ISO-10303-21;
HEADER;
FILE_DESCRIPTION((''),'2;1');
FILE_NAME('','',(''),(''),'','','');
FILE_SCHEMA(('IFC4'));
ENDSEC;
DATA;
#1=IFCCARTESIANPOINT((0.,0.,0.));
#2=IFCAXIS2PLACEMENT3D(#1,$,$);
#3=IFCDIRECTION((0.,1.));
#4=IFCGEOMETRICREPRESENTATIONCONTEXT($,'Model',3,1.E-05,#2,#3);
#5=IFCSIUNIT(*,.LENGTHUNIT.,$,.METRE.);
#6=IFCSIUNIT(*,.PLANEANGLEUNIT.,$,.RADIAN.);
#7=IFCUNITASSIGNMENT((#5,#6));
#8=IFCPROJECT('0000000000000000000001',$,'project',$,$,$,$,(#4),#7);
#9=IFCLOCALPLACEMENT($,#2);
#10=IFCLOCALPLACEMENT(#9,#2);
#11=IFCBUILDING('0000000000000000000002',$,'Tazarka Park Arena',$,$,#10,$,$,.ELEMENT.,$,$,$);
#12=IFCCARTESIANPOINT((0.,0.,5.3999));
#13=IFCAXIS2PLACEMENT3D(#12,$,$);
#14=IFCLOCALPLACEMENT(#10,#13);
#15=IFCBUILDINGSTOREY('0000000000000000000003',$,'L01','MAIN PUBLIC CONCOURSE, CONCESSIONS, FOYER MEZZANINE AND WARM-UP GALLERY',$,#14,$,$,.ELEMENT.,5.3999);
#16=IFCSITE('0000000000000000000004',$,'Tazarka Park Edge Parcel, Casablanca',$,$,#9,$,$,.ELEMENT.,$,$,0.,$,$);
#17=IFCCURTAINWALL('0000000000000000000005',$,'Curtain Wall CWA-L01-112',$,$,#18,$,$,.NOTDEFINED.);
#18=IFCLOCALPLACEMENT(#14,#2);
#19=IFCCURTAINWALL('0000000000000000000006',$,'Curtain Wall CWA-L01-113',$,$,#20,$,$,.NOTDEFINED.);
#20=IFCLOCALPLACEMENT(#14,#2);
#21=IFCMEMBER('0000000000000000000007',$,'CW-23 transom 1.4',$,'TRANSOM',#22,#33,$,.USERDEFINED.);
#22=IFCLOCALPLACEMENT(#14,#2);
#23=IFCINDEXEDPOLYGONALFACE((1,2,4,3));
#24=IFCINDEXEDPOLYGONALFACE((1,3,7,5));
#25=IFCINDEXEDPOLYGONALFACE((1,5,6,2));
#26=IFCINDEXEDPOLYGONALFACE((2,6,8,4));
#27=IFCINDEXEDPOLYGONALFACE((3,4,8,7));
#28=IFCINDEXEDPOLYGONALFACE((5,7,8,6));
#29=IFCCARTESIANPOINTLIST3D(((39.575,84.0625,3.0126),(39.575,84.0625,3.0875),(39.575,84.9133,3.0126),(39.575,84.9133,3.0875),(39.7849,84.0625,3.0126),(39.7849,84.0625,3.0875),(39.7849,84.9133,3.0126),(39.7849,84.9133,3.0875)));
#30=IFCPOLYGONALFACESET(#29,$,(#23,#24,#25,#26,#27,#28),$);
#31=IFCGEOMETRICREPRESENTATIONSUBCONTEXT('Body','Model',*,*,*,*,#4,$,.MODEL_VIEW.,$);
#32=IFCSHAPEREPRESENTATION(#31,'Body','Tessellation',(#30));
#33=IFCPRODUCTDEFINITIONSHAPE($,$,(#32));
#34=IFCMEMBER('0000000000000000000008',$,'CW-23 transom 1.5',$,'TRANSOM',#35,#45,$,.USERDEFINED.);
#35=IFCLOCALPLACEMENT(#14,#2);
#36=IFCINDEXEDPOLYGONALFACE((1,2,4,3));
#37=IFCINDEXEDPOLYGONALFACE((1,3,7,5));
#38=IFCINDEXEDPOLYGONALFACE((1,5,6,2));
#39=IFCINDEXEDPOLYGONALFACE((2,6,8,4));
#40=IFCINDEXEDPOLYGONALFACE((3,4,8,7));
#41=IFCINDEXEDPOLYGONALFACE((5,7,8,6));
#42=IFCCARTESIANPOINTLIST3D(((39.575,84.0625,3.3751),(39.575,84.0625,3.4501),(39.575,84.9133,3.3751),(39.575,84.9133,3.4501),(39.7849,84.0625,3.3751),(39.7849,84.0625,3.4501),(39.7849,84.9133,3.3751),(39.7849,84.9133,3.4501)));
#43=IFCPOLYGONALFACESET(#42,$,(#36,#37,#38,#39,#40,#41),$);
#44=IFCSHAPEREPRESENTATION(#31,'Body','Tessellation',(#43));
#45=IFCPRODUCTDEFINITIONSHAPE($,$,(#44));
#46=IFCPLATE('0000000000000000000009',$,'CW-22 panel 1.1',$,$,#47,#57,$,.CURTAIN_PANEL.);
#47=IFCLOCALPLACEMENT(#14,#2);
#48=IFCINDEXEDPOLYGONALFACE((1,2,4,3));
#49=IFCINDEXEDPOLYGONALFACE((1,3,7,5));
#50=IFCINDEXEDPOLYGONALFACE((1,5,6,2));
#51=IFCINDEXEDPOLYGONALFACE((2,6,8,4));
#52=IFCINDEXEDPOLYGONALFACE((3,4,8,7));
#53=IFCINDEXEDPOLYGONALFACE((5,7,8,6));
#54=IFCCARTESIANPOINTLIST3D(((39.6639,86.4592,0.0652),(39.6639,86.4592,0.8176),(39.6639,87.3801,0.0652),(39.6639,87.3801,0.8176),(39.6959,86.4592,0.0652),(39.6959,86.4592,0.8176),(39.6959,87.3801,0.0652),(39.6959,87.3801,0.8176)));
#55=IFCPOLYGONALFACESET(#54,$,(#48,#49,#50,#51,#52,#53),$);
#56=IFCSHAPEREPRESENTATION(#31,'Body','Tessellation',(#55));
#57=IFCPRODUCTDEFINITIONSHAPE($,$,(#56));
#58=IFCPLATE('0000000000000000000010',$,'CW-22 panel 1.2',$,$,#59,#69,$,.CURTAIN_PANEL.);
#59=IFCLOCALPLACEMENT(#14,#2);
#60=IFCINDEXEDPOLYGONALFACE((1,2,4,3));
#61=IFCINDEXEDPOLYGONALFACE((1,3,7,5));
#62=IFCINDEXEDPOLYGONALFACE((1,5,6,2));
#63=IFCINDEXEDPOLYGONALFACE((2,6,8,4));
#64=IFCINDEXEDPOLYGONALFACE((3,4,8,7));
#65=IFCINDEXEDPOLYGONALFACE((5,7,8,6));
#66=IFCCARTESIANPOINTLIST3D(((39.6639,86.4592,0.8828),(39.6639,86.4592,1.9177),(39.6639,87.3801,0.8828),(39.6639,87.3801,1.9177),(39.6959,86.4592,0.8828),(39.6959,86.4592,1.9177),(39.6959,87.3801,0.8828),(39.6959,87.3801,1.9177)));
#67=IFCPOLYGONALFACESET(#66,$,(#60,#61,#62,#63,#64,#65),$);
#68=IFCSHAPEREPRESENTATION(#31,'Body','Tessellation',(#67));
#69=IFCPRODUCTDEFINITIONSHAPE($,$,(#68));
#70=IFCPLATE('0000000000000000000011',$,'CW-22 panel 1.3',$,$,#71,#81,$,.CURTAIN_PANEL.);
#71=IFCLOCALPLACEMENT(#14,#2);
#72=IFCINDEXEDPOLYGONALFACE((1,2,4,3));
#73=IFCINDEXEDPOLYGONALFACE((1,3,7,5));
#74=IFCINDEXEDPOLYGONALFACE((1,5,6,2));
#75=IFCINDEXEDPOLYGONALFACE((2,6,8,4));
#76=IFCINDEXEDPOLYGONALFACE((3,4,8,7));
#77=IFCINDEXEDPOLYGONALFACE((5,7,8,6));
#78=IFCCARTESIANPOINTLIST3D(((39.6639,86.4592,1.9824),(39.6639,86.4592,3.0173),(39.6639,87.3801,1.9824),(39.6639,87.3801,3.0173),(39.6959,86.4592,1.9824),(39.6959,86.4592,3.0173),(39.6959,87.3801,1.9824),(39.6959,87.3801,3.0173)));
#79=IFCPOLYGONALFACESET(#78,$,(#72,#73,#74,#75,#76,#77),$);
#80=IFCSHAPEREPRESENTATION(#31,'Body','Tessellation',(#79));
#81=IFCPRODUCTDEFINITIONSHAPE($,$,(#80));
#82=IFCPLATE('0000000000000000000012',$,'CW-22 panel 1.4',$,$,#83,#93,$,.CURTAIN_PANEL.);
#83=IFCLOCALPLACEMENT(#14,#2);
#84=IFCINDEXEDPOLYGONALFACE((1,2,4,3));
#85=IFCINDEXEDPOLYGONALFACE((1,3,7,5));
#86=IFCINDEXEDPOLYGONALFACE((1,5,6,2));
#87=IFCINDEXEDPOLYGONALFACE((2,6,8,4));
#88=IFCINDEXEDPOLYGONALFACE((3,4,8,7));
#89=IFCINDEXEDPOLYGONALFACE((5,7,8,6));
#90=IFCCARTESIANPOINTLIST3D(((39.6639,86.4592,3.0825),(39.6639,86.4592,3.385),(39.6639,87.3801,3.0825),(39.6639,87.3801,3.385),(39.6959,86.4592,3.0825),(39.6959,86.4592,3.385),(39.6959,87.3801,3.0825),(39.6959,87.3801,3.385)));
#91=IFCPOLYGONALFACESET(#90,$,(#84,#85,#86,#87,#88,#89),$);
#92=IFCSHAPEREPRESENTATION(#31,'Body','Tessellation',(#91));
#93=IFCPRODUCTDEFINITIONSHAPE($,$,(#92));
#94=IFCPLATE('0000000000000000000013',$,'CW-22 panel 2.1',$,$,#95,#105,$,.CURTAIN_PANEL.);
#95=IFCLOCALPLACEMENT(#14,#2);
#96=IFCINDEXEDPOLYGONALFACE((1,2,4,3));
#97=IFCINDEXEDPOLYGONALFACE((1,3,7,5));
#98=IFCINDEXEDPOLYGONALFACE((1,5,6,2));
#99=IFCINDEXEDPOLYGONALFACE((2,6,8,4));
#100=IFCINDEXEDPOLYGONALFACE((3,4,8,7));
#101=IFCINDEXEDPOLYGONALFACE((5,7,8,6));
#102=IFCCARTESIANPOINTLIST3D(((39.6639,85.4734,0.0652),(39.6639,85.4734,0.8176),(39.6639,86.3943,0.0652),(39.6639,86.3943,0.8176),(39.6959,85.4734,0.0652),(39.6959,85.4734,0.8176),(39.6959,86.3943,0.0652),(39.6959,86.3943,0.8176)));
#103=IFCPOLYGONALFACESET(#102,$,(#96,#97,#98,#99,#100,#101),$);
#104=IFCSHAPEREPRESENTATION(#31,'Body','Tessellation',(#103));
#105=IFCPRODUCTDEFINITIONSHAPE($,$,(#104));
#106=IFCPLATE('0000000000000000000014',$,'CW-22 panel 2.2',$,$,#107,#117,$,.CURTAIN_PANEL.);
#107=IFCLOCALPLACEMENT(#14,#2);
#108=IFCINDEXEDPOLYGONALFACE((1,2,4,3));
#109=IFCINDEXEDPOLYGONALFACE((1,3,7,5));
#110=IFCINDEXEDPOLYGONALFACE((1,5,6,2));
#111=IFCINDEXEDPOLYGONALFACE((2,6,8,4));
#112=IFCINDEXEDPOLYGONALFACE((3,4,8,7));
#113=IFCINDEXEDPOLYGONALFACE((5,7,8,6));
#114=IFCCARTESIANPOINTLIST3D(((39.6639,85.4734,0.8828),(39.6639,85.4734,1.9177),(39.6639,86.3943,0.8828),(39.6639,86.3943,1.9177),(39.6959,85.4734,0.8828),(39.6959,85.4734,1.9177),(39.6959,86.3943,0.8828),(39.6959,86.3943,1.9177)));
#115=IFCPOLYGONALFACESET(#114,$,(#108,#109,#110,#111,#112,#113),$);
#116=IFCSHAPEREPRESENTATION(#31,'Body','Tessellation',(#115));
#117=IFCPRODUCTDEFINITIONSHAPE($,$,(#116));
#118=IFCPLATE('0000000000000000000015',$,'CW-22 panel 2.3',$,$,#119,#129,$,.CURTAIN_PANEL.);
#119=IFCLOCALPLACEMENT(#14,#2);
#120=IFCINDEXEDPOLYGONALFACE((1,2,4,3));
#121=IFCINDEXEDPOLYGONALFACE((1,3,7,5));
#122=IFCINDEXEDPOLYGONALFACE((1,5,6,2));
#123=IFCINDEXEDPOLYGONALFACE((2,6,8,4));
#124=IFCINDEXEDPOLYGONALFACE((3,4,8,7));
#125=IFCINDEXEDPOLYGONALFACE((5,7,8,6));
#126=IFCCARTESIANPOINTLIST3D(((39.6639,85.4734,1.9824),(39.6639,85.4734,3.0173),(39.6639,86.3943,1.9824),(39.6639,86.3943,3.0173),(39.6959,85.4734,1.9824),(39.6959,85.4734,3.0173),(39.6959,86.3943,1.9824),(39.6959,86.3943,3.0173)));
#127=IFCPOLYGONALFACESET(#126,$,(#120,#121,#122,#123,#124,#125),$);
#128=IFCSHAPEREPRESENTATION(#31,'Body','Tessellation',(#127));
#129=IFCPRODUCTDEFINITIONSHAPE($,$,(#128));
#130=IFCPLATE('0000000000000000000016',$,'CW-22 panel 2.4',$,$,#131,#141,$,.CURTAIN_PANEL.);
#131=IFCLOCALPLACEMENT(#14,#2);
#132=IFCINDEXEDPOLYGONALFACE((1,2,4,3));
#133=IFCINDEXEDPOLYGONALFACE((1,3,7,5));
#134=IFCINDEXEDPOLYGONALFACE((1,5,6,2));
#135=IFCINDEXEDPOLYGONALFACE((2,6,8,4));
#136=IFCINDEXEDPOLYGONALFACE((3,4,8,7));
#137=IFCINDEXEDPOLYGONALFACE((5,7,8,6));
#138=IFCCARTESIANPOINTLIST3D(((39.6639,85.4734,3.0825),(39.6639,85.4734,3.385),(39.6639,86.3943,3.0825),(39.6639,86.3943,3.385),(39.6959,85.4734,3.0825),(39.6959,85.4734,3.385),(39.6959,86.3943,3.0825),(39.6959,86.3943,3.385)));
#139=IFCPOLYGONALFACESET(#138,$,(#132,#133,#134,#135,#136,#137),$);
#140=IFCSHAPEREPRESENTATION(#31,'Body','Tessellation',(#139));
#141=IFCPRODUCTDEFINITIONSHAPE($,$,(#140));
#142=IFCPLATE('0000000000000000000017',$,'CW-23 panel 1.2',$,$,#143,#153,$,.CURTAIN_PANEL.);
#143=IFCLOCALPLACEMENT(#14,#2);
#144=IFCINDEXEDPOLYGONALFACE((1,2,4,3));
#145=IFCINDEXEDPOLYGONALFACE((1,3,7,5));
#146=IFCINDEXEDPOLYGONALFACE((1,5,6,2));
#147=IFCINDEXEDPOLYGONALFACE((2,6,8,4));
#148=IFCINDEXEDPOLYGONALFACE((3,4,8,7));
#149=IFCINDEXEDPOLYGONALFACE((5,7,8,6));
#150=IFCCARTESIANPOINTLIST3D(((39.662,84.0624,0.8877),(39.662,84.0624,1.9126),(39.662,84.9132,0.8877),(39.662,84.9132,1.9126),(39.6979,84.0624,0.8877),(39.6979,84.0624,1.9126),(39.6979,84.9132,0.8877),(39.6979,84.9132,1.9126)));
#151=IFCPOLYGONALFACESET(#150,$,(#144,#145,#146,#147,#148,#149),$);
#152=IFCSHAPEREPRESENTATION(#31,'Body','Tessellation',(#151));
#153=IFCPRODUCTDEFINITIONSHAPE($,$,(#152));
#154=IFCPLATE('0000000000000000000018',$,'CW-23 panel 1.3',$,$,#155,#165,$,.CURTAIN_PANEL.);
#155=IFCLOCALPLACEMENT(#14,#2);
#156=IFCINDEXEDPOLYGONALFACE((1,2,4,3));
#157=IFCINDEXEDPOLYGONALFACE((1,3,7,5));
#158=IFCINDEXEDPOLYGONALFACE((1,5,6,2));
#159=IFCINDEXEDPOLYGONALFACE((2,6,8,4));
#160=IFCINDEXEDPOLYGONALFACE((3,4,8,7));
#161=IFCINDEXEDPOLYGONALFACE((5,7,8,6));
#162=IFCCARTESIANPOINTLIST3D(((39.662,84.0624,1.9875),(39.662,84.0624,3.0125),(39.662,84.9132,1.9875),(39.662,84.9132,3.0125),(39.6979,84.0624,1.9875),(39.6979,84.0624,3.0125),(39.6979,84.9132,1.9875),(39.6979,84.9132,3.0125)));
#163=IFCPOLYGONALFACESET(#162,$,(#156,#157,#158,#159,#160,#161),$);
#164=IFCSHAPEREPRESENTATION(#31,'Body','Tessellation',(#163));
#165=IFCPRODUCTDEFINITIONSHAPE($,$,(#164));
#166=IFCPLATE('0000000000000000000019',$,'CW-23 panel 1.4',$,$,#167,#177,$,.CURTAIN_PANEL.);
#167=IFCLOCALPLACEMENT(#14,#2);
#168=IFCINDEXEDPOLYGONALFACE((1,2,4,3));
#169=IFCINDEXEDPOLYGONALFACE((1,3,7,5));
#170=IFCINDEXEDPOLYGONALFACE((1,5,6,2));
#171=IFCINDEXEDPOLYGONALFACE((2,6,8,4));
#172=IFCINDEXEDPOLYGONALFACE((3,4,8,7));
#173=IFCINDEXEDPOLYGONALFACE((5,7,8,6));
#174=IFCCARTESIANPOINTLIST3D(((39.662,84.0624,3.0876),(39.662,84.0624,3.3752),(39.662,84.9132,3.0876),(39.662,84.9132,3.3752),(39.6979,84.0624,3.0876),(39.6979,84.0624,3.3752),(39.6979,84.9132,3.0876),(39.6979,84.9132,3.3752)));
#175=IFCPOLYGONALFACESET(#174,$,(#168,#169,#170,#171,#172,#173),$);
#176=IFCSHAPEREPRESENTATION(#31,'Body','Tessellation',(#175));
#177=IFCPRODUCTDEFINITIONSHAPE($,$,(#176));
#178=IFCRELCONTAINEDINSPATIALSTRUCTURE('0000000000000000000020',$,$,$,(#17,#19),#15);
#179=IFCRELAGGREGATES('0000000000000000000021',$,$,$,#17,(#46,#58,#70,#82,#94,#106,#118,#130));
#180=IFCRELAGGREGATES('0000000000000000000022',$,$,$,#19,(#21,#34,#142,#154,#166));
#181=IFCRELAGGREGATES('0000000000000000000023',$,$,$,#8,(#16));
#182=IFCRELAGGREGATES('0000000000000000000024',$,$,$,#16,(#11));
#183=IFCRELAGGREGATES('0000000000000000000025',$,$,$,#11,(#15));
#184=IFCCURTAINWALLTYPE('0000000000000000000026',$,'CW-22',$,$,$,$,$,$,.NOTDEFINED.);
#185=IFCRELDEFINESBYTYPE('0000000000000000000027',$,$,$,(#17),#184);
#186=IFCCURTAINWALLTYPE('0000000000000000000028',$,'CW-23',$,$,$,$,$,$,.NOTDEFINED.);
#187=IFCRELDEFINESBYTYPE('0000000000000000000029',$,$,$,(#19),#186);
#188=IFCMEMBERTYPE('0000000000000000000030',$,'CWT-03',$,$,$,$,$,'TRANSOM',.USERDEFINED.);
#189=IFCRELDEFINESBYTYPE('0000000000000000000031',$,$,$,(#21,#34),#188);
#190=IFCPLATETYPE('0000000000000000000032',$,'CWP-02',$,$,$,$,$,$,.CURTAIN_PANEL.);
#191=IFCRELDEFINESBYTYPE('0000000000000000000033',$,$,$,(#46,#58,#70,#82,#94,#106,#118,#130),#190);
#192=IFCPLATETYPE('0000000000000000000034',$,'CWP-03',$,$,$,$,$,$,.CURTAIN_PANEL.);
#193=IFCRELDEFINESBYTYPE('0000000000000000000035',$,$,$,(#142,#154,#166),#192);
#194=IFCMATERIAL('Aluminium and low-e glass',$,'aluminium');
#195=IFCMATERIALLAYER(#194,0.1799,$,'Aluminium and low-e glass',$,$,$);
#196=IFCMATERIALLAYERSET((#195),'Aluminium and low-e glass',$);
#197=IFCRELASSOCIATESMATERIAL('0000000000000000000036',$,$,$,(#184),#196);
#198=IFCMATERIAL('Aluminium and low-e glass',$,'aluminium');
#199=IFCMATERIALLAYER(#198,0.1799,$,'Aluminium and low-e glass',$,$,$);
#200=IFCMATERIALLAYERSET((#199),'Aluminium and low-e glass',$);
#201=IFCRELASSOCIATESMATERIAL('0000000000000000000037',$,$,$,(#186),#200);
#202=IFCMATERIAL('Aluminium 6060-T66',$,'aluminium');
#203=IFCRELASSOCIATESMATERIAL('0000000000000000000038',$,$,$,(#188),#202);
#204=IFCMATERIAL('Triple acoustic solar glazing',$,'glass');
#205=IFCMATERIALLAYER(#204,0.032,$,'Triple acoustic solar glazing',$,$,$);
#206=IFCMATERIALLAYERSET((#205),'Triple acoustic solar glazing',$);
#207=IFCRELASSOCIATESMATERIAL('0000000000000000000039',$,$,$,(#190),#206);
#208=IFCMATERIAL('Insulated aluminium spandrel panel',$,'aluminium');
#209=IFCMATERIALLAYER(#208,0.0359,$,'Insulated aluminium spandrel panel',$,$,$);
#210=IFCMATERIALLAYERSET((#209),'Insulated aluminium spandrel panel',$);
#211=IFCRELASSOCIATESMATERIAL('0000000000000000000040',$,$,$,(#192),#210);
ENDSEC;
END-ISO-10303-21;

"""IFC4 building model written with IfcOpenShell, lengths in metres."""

from ifc_helpers import new_model, si_unit, direction, frame, origin, origin_2d, place, context, subcontext, project, spatial, rectangle, extrude, material, layer, layer_set, material_profile, profile_set, type_object, element, aggregate, save


model = new_model("IFC4")

# Units and contexts
model_context = context("Model", 3, precision=1e-05, world=origin(), true_north=direction((0.0, 1.0)))
body_context = subcontext(model_context, "Body", "Model", "MODEL_VIEW")
ifc_project = project(units=[si_unit("LENGTHUNIT", "METRE"), si_unit("PLANEANGLEUNIT", "RADIAN")], contexts=[model_context])

# Site, building, storey
site_placement = place(None, origin())
site = spatial("IfcSite", under=ifc_project, at=site_placement, Name="Tazarka Park Edge Parcel, Casablanca", CompositionType="ELEMENT", RefElevation=0.0)
building_placement = place(site_placement, origin())
building = spatial("IfcBuilding", under=site, at=building_placement, Name="Tazarka Park Arena", CompositionType="ELEMENT")
storey_placement = place(building_placement, frame((0.0, 0.0, 5.3999)))
storey = spatial("IfcBuildingStorey", under=building, at=storey_placement, Name="L01", Description="MAIN PUBLIC CONCOURSE, CONCESSIONS, FOYER MEZZANINE AND WARM-UP GALLERY", CompositionType="ELEMENT", Elevation=5.3999)

# Curtain wall
ifc_material_1 = material(Name="Aluminium and low-e glass", Category="aluminium")
ifc_layer_1 = layer(ifc_material_1, 0.1799, Name="Aluminium and low-e glass")
ifc_layer_set_1 = layer_set([ifc_layer_1], Name="Aluminium and low-e glass")
curtain_wall_type_1 = type_object("IfcCurtainWallType", Name="CW-22", PredefinedType="NOTDEFINED", material=ifc_layer_set_1)
curtain_wall_1_placement = place(storey_placement, origin())
curtain_wall_1 = element("IfcCurtainWall", 1, at=curtain_wall_1_placement, inside=storey, type_object=curtain_wall_type_1, Name="Curtain Wall CWA-L01-112", PredefinedType="NOTDEFINED")

# Curtain wall
ifc_material_2 = material(Name="Aluminium and low-e glass", Category="aluminium")
ifc_layer_2 = layer(ifc_material_2, 0.1799, Name="Aluminium and low-e glass")
ifc_layer_set_2 = layer_set([ifc_layer_2], Name="Aluminium and low-e glass")
curtain_wall_type_2 = type_object("IfcCurtainWallType", Name="CW-23", PredefinedType="NOTDEFINED", material=ifc_layer_set_2)
curtain_wall_2_placement = place(storey_placement, origin())
curtain_wall_2 = element("IfcCurtainWall", 2, at=curtain_wall_2_placement, inside=storey, type_object=curtain_wall_type_2, Name="Curtain Wall CWA-L01-113", PredefinedType="NOTDEFINED")

# Members
ifc_material_3 = material(Name="Aluminium 6060-T66", Category="aluminium")
ifc_material_profile_1 = material_profile(ifc_material_3, rectangle(XDim=0.21, YDim=0.075, at=origin_2d()), Name="Aluminium 6060-T66")
ifc_profile_set_1 = profile_set([ifc_material_profile_1], Name="Aluminium 6060-T66")
member_type_1 = type_object("IfcMemberType", Name="CWT-03", ElementType="TRANSOM", PredefinedType="USERDEFINED", material=ifc_profile_set_1)
member_1_placement = place(storey_placement, frame((39.6799, 84.9133, 3.05), z_axis=(0.0, -1.0, 0.0), x_axis=(1.0, 0.0, 0.0)))
member_1 = element("IfcMember", 3, at=member_1_placement, type_object=member_type_1, Name="CW-23 transom 1.4", ObjectType="TRANSOM", PredefinedType="USERDEFINED", context=body_context, shape_type="SweptSolid", body=[
    extrude(rectangle(XDim=0.21, YDim=0.075, at=origin_2d()), origin(), (0.0, 0.0, 1.0), 0.8508),
])
member_2_placement = place(storey_placement, frame((39.6799, 84.9133, 3.4126), z_axis=(0.0, -1.0, 0.0), x_axis=(1.0, 0.0, 0.0)))
member_2 = element("IfcMember", 4, at=member_2_placement, type_object=member_type_1, Name="CW-23 transom 1.5", ObjectType="TRANSOM", PredefinedType="USERDEFINED", context=body_context, shape_type="SweptSolid", body=[
    extrude(rectangle(XDim=0.21, YDim=0.075, at=origin_2d()), origin(), (0.0, 0.0, 1.0), 0.8508),
])

# Plates
ifc_material_4 = material(Name="Triple acoustic solar glazing", Category="glass")
ifc_layer_3 = layer(ifc_material_4, 0.032, Name="Triple acoustic solar glazing")
ifc_layer_set_3 = layer_set([ifc_layer_3], Name="Triple acoustic solar glazing")
plate_type_1 = type_object("IfcPlateType", Name="CWP-02", PredefinedType="CURTAIN_PANEL", material=ifc_layer_set_3)
plate_1_placement = place(storey_placement, frame((39.6799, 86.9197, 0.0652), z_axis=(0.0, 0.0, 1.0), x_axis=(0.0, -1.0, 0.0)))
plate_1 = element("IfcPlate", 5, at=plate_1_placement, type_object=plate_type_1, Name="CW-22 panel 1.1", PredefinedType="CURTAIN_PANEL", context=body_context, shape_type="SweptSolid", body=[
    extrude(rectangle(XDim=0.9209, YDim=0.032, at=origin_2d()), origin(), (0.0, 0.0, 1.0), 0.7524),
])
plate_2_placement = place(storey_placement, frame((39.6799, 86.9197, 0.8828), z_axis=(0.0, 0.0, 1.0), x_axis=(0.0, -1.0, 0.0)))
plate_2 = element("IfcPlate", 6, at=plate_2_placement, type_object=plate_type_1, Name="CW-22 panel 1.2", PredefinedType="CURTAIN_PANEL", context=body_context, shape_type="SweptSolid", body=[
    extrude(rectangle(XDim=0.9209, YDim=0.032, at=origin_2d()), origin(), (0.0, 0.0, 1.0), 1.0349),
])
plate_3_placement = place(storey_placement, frame((39.6799, 86.9197, 1.9824), z_axis=(0.0, 0.0, 1.0), x_axis=(0.0, -1.0, 0.0)))
plate_3 = element("IfcPlate", 7, at=plate_3_placement, type_object=plate_type_1, Name="CW-22 panel 1.3", PredefinedType="CURTAIN_PANEL", context=body_context, shape_type="SweptSolid", body=[
    extrude(rectangle(XDim=0.9209, YDim=0.032, at=origin_2d()), origin(), (0.0, 0.0, 1.0), 1.0349),
])
plate_4_placement = place(storey_placement, frame((39.6799, 86.9197, 3.0825), z_axis=(0.0, 0.0, 1.0), x_axis=(0.0, -1.0, 0.0)))
plate_4 = element("IfcPlate", 8, at=plate_4_placement, type_object=plate_type_1, Name="CW-22 panel 1.4", PredefinedType="CURTAIN_PANEL", context=body_context, shape_type="SweptSolid", body=[
    extrude(rectangle(XDim=0.9209, YDim=0.032, at=origin_2d()), origin(), (0.0, 0.0, 1.0), 0.3025),
])
plate_5_placement = place(storey_placement, frame((39.6799, 85.9338, 0.0652), z_axis=(0.0, 0.0, 1.0), x_axis=(0.0, -1.0, 0.0)))
plate_5 = element("IfcPlate", 9, at=plate_5_placement, type_object=plate_type_1, Name="CW-22 panel 2.1", PredefinedType="CURTAIN_PANEL", context=body_context, shape_type="SweptSolid", body=[
    extrude(rectangle(XDim=0.9209, YDim=0.032, at=origin_2d()), origin(), (0.0, 0.0, 1.0), 0.7524),
])
plate_6_placement = place(storey_placement, frame((39.6799, 85.9338, 0.8828), z_axis=(0.0, 0.0, 1.0), x_axis=(0.0, -1.0, 0.0)))
plate_6 = element("IfcPlate", 10, at=plate_6_placement, type_object=plate_type_1, Name="CW-22 panel 2.2", PredefinedType="CURTAIN_PANEL", context=body_context, shape_type="SweptSolid", body=[
    extrude(rectangle(XDim=0.9209, YDim=0.032, at=origin_2d()), origin(), (0.0, 0.0, 1.0), 1.0349),
])
plate_7_placement = place(storey_placement, frame((39.6799, 85.9338, 1.9824), z_axis=(0.0, 0.0, 1.0), x_axis=(0.0, -1.0, 0.0)))
plate_7 = element("IfcPlate", 11, at=plate_7_placement, type_object=plate_type_1, Name="CW-22 panel 2.3", PredefinedType="CURTAIN_PANEL", context=body_context, shape_type="SweptSolid", body=[
    extrude(rectangle(XDim=0.9209, YDim=0.032, at=origin_2d()), origin(), (0.0, 0.0, 1.0), 1.0349),
])
plate_8_placement = place(storey_placement, frame((39.6799, 85.9338, 3.0825), z_axis=(0.0, 0.0, 1.0), x_axis=(0.0, -1.0, 0.0)))
plate_8 = element("IfcPlate", 12, at=plate_8_placement, type_object=plate_type_1, Name="CW-22 panel 2.4", PredefinedType="CURTAIN_PANEL", context=body_context, shape_type="SweptSolid", body=[
    extrude(rectangle(XDim=0.9209, YDim=0.032, at=origin_2d()), origin(), (0.0, 0.0, 1.0), 0.3025),
])
aggregate(curtain_wall_1, [plate_1, plate_2, plate_3, plate_4, plate_5, plate_6, plate_7, plate_8])
ifc_material_5 = material(Name="Insulated aluminium spandrel panel", Category="aluminium")
ifc_layer_4 = layer(ifc_material_5, 0.0359, Name="Insulated aluminium spandrel panel")
ifc_layer_set_4 = layer_set([ifc_layer_4], Name="Insulated aluminium spandrel panel")
plate_type_2 = type_object("IfcPlateType", Name="CWP-03", PredefinedType="CURTAIN_PANEL", material=ifc_layer_set_4)
plate_9_placement = place(storey_placement, frame((39.6799, 84.4878, 0.8877), z_axis=(0.0, 0.0, 1.0), x_axis=(0.0, -1.0, 0.0)))
plate_9 = element("IfcPlate", 13, at=plate_9_placement, type_object=plate_type_2, Name="CW-23 panel 1.2", PredefinedType="CURTAIN_PANEL", context=body_context, shape_type="SweptSolid", body=[
    extrude(rectangle(XDim=0.8508, YDim=0.0359, at=origin_2d()), origin(), (0.0, 0.0, 1.0), 1.0249),
])
plate_10_placement = place(storey_placement, frame((39.6799, 84.4878, 1.9875), z_axis=(0.0, 0.0, 1.0), x_axis=(0.0, -1.0, 0.0)))
plate_10 = element("IfcPlate", 14, at=plate_10_placement, type_object=plate_type_2, Name="CW-23 panel 1.3", PredefinedType="CURTAIN_PANEL", context=body_context, shape_type="SweptSolid", body=[
    extrude(rectangle(XDim=0.8508, YDim=0.0359, at=origin_2d()), origin(), (0.0, 0.0, 1.0), 1.0249),
])
plate_11_placement = place(storey_placement, frame((39.6799, 84.4878, 3.0876), z_axis=(0.0, 0.0, 1.0), x_axis=(0.0, -1.0, 0.0)))
plate_11 = element("IfcPlate", 15, at=plate_11_placement, type_object=plate_type_2, Name="CW-23 panel 1.4", PredefinedType="CURTAIN_PANEL", context=body_context, shape_type="SweptSolid", body=[
    extrude(rectangle(XDim=0.8508, YDim=0.0359, at=origin_2d()), origin(), (0.0, 0.0, 1.0), 0.2876),
])
aggregate(curtain_wall_2, [member_1, member_2, plate_9, plate_10, plate_11])

save(model, "model.ifc")
